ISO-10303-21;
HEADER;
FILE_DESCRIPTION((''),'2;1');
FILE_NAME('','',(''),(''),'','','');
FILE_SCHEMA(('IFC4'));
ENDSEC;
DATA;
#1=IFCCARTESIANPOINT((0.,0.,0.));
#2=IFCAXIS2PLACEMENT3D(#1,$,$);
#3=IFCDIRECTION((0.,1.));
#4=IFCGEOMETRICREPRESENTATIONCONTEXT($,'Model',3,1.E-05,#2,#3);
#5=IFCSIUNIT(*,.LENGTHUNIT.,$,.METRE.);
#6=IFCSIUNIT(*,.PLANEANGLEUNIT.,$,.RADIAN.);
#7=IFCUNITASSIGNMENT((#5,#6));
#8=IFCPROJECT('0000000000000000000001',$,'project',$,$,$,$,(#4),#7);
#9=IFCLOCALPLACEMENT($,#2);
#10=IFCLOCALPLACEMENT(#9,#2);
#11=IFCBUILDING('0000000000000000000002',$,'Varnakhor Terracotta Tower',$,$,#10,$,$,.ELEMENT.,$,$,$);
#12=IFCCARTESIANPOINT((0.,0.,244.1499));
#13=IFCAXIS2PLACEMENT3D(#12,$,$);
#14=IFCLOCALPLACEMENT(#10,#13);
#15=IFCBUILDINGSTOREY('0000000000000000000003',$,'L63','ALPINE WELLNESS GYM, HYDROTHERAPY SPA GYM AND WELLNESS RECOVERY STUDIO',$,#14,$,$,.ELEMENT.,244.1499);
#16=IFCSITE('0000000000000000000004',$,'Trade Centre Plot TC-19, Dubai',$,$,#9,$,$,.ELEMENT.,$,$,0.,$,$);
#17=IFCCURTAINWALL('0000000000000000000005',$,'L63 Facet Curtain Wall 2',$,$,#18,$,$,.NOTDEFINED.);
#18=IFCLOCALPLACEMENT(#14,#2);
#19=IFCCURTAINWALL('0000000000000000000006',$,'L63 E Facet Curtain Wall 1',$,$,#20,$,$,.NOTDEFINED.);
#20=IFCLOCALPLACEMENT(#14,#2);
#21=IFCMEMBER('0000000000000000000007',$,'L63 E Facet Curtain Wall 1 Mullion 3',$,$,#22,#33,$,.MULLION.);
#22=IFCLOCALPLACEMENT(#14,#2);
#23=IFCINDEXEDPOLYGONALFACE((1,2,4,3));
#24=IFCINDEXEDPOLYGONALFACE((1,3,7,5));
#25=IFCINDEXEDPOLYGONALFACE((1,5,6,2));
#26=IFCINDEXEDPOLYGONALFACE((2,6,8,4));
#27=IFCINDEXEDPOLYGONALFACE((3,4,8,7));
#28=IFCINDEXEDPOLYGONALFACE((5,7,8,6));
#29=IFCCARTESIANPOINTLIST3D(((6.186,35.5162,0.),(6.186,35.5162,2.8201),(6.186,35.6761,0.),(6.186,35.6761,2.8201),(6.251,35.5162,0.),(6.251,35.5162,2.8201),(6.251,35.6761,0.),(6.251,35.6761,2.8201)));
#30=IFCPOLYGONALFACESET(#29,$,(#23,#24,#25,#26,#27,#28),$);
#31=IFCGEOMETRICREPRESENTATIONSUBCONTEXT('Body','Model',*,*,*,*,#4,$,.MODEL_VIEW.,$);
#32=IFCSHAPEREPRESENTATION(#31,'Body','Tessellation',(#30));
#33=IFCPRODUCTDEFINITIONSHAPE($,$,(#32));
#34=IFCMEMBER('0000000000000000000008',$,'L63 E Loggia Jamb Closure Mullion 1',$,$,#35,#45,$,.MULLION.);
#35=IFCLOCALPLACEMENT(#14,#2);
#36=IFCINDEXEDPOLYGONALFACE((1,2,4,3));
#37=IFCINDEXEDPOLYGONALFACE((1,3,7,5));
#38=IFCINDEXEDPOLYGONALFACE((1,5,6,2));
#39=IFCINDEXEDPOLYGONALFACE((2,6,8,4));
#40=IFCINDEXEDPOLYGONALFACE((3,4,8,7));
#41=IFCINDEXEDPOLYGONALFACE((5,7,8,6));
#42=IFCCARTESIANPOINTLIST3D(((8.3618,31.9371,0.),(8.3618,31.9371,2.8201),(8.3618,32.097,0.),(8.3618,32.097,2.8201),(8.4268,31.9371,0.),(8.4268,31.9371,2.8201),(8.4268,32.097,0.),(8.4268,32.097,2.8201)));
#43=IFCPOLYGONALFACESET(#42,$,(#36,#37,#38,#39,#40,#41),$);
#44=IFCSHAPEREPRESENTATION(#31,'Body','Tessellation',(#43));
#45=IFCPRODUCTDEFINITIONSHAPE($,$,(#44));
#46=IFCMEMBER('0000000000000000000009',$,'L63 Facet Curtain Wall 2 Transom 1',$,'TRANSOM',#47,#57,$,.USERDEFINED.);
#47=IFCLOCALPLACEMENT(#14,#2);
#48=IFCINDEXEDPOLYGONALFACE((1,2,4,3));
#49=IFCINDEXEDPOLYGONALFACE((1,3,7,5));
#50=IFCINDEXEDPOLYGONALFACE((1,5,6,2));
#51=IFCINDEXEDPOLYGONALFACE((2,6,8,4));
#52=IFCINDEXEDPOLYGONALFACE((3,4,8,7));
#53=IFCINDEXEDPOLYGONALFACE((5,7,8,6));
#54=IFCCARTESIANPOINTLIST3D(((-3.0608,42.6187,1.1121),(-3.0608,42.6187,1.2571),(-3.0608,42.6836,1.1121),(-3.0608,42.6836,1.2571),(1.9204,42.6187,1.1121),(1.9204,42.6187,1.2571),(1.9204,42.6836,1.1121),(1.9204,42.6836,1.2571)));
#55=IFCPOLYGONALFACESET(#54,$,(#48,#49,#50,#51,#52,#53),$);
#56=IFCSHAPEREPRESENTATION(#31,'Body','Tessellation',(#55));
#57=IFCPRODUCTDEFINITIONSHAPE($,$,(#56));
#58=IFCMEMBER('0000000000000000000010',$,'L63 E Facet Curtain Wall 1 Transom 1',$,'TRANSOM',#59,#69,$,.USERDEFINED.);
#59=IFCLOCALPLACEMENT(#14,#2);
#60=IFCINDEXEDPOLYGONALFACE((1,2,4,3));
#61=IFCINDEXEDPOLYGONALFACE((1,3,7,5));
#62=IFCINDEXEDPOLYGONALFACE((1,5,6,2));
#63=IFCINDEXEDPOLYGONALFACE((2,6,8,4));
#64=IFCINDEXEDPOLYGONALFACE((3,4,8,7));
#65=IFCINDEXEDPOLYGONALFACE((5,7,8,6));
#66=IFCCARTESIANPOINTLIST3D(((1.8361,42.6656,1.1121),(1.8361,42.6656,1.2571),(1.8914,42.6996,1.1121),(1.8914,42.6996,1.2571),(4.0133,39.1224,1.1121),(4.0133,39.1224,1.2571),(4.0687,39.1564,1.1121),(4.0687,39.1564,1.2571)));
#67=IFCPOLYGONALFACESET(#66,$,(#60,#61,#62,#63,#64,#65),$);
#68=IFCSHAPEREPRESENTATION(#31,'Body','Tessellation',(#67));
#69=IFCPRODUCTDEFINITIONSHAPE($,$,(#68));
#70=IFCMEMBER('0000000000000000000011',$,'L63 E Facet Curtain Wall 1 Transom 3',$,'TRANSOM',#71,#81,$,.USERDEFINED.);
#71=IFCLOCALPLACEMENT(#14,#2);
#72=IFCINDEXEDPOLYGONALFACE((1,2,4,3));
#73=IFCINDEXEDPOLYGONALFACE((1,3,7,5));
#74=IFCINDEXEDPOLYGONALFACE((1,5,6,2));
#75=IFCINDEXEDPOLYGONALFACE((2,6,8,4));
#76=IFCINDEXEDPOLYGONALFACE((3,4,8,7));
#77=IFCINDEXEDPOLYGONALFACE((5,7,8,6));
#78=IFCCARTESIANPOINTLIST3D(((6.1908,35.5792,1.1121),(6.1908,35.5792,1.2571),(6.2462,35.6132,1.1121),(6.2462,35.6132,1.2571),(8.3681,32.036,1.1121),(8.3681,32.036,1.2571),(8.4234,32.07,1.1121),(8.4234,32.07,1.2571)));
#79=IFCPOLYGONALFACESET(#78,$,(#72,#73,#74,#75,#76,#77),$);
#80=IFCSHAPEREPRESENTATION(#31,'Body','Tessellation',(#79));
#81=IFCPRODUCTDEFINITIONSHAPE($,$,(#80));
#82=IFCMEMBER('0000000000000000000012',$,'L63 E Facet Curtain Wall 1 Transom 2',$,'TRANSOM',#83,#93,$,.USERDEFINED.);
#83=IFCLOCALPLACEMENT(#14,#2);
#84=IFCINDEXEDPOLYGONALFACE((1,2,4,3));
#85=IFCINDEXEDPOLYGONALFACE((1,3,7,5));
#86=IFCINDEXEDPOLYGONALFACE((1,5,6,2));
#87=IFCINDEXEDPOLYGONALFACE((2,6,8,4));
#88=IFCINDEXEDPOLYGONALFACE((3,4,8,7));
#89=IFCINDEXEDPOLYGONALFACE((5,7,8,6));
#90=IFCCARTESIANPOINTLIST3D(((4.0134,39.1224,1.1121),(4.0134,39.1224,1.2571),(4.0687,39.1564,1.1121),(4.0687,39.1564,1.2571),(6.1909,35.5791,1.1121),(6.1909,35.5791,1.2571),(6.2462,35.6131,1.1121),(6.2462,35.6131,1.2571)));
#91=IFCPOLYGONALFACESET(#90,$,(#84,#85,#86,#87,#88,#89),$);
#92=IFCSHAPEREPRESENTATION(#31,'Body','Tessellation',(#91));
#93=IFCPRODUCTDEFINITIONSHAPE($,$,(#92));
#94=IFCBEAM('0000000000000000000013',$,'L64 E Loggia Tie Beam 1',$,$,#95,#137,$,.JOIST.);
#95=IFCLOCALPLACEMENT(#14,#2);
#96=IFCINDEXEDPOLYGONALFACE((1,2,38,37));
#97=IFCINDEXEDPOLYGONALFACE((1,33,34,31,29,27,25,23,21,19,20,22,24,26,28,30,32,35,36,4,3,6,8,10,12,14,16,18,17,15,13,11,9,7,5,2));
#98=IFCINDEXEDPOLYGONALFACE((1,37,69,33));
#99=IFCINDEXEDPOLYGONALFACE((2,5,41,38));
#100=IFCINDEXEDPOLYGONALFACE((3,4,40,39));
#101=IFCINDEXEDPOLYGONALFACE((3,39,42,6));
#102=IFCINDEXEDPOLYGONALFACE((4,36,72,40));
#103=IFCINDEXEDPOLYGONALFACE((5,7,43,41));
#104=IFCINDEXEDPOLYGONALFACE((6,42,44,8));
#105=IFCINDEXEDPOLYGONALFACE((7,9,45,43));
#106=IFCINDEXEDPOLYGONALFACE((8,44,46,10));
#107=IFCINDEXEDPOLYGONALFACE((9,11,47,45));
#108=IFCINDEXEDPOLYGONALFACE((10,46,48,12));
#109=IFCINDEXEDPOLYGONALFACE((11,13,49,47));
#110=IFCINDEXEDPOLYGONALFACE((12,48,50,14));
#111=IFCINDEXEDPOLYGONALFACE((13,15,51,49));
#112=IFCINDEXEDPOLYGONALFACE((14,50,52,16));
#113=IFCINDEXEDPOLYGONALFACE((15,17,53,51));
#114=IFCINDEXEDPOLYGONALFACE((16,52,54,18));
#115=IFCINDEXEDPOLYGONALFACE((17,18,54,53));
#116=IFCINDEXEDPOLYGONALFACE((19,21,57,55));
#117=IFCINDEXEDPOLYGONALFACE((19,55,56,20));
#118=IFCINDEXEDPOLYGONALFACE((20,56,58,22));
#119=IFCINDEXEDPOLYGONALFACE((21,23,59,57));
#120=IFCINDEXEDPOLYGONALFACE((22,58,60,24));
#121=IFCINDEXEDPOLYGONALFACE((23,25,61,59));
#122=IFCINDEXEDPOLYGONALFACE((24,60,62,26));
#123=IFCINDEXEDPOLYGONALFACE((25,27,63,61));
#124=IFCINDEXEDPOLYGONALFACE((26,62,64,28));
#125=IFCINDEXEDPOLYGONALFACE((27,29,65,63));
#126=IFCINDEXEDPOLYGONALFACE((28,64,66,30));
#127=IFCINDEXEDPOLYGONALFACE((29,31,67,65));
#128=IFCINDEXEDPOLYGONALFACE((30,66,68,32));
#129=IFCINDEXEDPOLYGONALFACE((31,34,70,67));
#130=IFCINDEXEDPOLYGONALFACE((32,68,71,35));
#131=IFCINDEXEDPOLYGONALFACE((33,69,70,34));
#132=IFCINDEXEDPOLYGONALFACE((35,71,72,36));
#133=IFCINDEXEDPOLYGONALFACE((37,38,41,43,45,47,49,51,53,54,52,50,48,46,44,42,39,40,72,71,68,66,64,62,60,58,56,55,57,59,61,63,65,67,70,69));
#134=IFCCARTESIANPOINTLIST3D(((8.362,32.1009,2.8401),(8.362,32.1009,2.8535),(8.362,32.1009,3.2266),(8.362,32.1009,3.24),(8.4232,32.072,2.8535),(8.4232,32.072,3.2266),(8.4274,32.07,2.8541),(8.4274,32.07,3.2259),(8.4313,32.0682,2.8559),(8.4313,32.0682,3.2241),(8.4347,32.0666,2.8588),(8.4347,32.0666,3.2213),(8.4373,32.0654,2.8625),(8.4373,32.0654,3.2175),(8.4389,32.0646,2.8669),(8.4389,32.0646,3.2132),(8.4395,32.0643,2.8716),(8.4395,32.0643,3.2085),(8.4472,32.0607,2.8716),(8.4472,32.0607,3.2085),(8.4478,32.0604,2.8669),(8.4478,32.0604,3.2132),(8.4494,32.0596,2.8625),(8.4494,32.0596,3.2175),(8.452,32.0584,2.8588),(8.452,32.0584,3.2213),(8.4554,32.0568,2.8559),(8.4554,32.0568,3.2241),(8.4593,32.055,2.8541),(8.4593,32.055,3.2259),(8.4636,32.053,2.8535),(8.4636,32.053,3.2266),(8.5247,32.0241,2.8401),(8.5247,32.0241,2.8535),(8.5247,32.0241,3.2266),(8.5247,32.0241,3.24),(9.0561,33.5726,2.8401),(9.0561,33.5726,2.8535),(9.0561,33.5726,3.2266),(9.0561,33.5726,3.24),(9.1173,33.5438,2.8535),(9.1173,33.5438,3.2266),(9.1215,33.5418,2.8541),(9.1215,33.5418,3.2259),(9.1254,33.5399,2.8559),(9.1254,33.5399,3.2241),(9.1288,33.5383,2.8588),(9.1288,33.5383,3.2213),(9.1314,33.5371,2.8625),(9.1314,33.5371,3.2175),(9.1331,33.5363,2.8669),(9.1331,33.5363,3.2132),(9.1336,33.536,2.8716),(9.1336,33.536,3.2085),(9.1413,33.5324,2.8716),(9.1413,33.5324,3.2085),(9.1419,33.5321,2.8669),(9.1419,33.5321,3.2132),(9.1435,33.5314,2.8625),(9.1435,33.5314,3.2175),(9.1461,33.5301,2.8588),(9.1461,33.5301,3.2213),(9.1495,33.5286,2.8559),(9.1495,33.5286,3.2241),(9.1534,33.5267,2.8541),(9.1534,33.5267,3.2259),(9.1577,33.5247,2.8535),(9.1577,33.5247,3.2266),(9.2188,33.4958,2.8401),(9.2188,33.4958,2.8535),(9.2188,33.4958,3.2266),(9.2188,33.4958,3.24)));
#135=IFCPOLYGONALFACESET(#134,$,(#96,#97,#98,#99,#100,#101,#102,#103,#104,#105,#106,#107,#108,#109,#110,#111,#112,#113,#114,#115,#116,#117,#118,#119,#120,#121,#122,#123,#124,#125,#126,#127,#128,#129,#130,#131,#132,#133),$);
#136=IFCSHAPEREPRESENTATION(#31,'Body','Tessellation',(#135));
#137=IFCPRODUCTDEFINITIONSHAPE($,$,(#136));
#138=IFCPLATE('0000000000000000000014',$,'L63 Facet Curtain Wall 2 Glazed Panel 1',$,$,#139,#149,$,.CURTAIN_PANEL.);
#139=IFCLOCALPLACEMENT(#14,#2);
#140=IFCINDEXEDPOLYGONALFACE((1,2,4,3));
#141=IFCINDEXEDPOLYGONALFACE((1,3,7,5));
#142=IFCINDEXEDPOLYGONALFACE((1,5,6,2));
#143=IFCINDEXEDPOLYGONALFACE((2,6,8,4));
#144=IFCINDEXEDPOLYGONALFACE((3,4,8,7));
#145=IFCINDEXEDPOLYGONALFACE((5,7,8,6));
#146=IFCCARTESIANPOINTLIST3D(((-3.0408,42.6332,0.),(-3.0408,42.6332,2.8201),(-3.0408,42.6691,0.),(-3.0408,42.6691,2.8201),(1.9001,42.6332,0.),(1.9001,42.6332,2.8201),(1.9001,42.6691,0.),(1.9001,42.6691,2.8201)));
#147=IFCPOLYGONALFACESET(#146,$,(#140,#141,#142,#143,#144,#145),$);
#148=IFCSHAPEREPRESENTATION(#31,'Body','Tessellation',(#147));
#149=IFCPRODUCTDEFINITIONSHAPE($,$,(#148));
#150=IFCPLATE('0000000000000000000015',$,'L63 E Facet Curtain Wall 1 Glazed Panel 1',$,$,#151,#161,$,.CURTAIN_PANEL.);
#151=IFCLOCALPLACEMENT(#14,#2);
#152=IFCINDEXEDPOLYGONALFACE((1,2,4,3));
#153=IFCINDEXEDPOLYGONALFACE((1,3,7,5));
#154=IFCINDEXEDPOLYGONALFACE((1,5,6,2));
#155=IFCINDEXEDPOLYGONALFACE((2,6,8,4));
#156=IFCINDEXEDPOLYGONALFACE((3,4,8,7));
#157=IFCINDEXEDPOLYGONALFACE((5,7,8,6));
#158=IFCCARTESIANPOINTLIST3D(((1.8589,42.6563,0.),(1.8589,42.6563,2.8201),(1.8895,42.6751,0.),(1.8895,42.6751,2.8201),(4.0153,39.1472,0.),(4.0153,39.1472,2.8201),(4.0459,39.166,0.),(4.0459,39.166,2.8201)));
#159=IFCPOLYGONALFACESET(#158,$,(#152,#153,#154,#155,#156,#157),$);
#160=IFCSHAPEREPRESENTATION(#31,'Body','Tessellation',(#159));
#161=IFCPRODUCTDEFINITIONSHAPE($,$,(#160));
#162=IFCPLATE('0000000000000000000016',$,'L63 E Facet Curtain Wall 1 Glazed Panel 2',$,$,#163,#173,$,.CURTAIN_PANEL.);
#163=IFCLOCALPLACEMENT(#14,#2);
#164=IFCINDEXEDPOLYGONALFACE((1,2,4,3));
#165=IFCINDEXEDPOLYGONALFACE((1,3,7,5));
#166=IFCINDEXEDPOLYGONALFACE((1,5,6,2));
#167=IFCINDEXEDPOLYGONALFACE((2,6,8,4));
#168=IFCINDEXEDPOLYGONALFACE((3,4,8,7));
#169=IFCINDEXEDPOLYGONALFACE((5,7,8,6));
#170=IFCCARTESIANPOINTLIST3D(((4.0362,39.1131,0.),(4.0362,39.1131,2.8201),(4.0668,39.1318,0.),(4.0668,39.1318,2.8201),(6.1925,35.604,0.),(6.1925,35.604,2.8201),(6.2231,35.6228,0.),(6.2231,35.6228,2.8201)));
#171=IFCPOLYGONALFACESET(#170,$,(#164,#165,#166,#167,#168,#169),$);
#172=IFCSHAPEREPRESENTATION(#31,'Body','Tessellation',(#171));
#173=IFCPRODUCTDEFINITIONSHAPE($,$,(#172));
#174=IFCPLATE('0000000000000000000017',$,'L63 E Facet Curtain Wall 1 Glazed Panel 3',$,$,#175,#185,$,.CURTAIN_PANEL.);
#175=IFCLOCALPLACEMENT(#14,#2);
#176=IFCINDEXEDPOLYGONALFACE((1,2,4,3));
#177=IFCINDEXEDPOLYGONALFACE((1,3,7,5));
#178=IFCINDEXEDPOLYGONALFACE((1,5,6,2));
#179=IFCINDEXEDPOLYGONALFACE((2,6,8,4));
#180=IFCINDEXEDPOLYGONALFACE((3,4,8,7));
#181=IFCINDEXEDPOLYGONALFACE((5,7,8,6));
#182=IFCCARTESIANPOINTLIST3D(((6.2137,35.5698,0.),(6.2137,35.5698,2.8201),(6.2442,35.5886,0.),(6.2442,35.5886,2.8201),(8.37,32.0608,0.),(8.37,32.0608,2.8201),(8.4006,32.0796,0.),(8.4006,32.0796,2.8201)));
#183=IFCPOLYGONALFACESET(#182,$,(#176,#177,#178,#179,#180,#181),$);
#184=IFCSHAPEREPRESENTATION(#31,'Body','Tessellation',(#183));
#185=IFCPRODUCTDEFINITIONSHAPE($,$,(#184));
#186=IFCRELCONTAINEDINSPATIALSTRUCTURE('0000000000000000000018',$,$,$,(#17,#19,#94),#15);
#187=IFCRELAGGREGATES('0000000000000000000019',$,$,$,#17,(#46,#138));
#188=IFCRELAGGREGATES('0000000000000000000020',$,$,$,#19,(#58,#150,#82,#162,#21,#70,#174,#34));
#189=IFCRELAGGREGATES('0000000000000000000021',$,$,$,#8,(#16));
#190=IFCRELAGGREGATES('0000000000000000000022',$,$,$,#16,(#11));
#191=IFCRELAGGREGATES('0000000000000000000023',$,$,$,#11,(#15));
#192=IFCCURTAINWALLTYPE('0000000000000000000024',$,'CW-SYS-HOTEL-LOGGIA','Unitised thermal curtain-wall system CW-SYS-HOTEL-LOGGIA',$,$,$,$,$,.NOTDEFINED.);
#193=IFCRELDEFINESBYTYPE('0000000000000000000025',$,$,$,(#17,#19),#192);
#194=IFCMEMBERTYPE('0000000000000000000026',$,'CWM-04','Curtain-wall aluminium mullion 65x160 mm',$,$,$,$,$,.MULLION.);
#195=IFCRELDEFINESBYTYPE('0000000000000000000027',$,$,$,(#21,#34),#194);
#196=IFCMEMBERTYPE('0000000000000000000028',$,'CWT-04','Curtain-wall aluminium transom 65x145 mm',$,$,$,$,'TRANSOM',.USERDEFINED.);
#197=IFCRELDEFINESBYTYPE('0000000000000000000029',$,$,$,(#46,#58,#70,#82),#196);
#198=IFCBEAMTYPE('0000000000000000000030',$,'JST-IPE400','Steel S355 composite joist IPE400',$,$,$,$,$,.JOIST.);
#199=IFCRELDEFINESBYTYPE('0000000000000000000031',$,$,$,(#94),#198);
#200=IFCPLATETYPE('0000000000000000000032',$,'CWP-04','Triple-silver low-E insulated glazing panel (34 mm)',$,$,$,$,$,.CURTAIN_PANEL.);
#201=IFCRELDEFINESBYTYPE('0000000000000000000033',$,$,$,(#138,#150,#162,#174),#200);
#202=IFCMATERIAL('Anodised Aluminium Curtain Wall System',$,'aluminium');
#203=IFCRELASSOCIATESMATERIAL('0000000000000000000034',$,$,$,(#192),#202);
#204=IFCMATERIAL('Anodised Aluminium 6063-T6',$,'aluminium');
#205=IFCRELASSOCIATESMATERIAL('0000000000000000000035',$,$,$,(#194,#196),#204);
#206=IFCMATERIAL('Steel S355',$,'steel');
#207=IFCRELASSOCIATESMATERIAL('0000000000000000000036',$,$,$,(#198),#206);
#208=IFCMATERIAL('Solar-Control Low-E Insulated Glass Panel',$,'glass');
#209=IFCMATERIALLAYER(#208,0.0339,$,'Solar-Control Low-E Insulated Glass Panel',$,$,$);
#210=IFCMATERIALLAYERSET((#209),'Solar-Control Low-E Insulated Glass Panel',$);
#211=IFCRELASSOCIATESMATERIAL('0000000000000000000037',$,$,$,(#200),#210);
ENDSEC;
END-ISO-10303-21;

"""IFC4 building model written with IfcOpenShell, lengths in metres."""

from ifc_helpers import new_model, si_unit, direction, frame, origin, origin_2d, place, context, subcontext, project, spatial, rectangle, i_section, extrude, source, transform, mapped, material, layer, layer_set, material_profile, profile_set, type_object, type_shapes, element, aggregate, save


model = new_model("IFC4")

# Units and contexts
model_context = context("Model", 3, precision=1e-05, world=origin(), true_north=direction((0.0, 1.0)))
body_context = subcontext(model_context, "Body", "Model", "MODEL_VIEW")
ifc_project = project(units=[si_unit("LENGTHUNIT", "METRE"), si_unit("PLANEANGLEUNIT", "RADIAN")], contexts=[model_context])

# Site, building, storey
site_placement = place(None, origin())
site = spatial("IfcSite", under=ifc_project, at=site_placement, Name="Trade Centre Plot TC-19, Dubai", CompositionType="ELEMENT", RefElevation=0.0)
building_placement = place(site_placement, origin())
building = spatial("IfcBuilding", under=site, at=building_placement, Name="Varnakhor Terracotta Tower", CompositionType="ELEMENT")
storey_placement = place(building_placement, frame((0.0, 0.0, 244.1499)))
storey = spatial("IfcBuildingStorey", under=building, at=storey_placement, Name="L63", Description="ALPINE WELLNESS GYM, HYDROTHERAPY SPA GYM AND WELLNESS RECOVERY STUDIO", CompositionType="ELEMENT", Elevation=244.1499)

# Shared definitions
ifc_material_1 = material(Name="Steel S355", Category="steel")

# Curtain wall
ifc_material_2 = material(Name="Anodised Aluminium Curtain Wall System", Category="aluminium")
curtain_wall_type = type_object("IfcCurtainWallType", Name="CW-SYS-HOTEL-LOGGIA", Description="Unitised thermal curtain-wall system CW-SYS-HOTEL-LOGGIA", PredefinedType="NOTDEFINED", material=ifc_material_2)
curtain_wall_1_placement = place(storey_placement, origin())
curtain_wall_1 = element("IfcCurtainWall", 1, at=curtain_wall_1_placement, inside=storey, type_object=curtain_wall_type, Name="L63 Facet Curtain Wall 2", PredefinedType="NOTDEFINED")
ifc_material_3 = material(Name="Anodised Aluminium 6063-T6", Category="aluminium")
ifc_material_profile_1 = material_profile(ifc_material_3, rectangle(XDim=0.0649, YDim=0.1599, at=origin_2d()), Name="ALU MULLION 65x160")
ifc_profile_set_1 = profile_set([ifc_material_profile_1], Name="Anodised Aluminium 6063-T6")
member_type_1 = type_object("IfcMemberType", Name="CWM-04", Description="Curtain-wall aluminium mullion 65x160 mm", PredefinedType="MULLION", material=ifc_profile_set_1)
shared_shape_1 = source(origin(), body_context, "Body", "SweptSolid", [
    extrude(rectangle(XDim=0.0649, YDim=0.1599, at=origin_2d()), origin(), (0.0, 0.0, 1.0), 2.8201),
])
type_shapes(member_type_1, [shared_shape_1])

# Curtain wall, members
curtain_wall_2_placement = place(storey_placement, origin())
curtain_wall_2 = element("IfcCurtainWall", 2, at=curtain_wall_2_placement, inside=storey, type_object=curtain_wall_type, Name="L63 E Facet Curtain Wall 1", PredefinedType="NOTDEFINED")
member_1_placement = place(storey_placement, frame((6.2185, 35.5962, 0.0), z_axis=(0.0, 0.0, 1.0), x_axis=(1.0, 0.0, 0.0)))
member_1 = element("IfcMember", 3, at=member_1_placement, type_object=member_type_1, Name="L63 E Facet Curtain Wall 1 Mullion 3", PredefinedType="MULLION", context=body_context, shape_type="MappedRepresentation", body=[
    mapped(shared_shape_1, transform((0.0, 0.0, 0.0), scale=1.0)),
])
member_2_placement = place(storey_placement, frame((8.3943, 32.0171, 0.0), z_axis=(0.0, 0.0, 1.0), x_axis=(1.0, 0.0, 0.0)))
member_2 = element("IfcMember", 4, at=member_2_placement, type_object=member_type_1, Name="L63 E Loggia Jamb Closure Mullion 1", PredefinedType="MULLION", context=body_context, shape_type="MappedRepresentation", body=[
    mapped(shared_shape_1, transform((0.0, 0.0, 0.0), scale=1.0)),
])

# Members
ifc_material_profile_2 = material_profile(ifc_material_3, rectangle(XDim=0.0649, YDim=0.145, at=origin_2d()), Name="ALU TRANSOM 65x145")
ifc_profile_set_2 = profile_set([ifc_material_profile_2], Name="Anodised Aluminium 6063-T6")
member_type_2 = type_object("IfcMemberType", Name="CWT-04", Description="Curtain-wall aluminium transom 65x145 mm", ElementType="TRANSOM", PredefinedType="USERDEFINED", material=ifc_profile_set_2)
shared_shape_2 = source(origin(), body_context, "Body", "SweptSolid", [
    extrude(rectangle(XDim=0.0649, YDim=0.145, at=origin_2d()), origin(), (0.0, 0.0, 1.0), 4.9812),
])
member_3_placement = place(storey_placement, frame((-3.0608, 42.6511, 1.1846), z_axis=(1.0, 0.0, 0.0), x_axis=(0.0, 1.0, 0.0)))
member_3 = element("IfcMember", 5, at=member_3_placement, type_object=member_type_2, Name="L63 Facet Curtain Wall 2 Transom 1", ObjectType="TRANSOM", PredefinedType="USERDEFINED", context=body_context, shape_type="MappedRepresentation", body=[
    mapped(shared_shape_2, transform((0.0, 0.0, 0.0), scale=1.0)),
])
shared_shape_3 = source(origin(), body_context, "Body", "SweptSolid", [
    extrude(rectangle(XDim=0.0649, YDim=0.145, at=origin_2d()), origin(), (0.0, 0.0, 1.0), 4.1587),
])
member_4_placement = place(storey_placement, frame((1.8638, 42.6826, 1.1846), z_axis=(0.52354, -0.852001, 0.0), x_axis=(0.852001, 0.52354, 0.0)))
member_4 = element("IfcMember", 6, at=member_4_placement, type_object=member_type_2, Name="L63 E Facet Curtain Wall 1 Transom 1", ObjectType="TRANSOM", PredefinedType="USERDEFINED", context=body_context, shape_type="MappedRepresentation", body=[
    mapped(shared_shape_3, transform((0.0, 0.0, 0.0), scale=1.0)),
])
member_5_placement = place(storey_placement, frame((6.2185, 35.5962, 1.1846), z_axis=(0.52354, -0.852001, 0.0), x_axis=(0.852001, 0.52354, 0.0)))
member_5 = element("IfcMember", 7, at=member_5_placement, type_object=member_type_2, Name="L63 E Facet Curtain Wall 1 Transom 3", ObjectType="TRANSOM", PredefinedType="USERDEFINED", context=body_context, shape_type="MappedRepresentation", body=[
    mapped(shared_shape_3, transform((0.0, 0.0, 0.0), scale=1.0)),
])
shared_shape_4 = source(origin(), body_context, "Body", "SweptSolid", [
    extrude(rectangle(XDim=0.0649, YDim=0.145, at=origin_2d()), origin(), (0.0, 0.0, 1.0), 4.1589),
])
member_6_placement = place(storey_placement, frame((4.041, 39.1394, 1.1846), z_axis=(0.523583, -0.851975, 0.0), x_axis=(0.851975, 0.523583, 0.0)))
member_6 = element("IfcMember", 8, at=member_6_placement, type_object=member_type_2, Name="L63 E Facet Curtain Wall 1 Transom 2", ObjectType="TRANSOM", PredefinedType="USERDEFINED", context=body_context, shape_type="MappedRepresentation", body=[
    mapped(shared_shape_4, transform((0.0, 0.0, 0.0), scale=1.0)),
])

# Beam
ifc_material_profile_3 = material_profile(ifc_material_1, i_section(OverallWidth=0.1799, OverallDepth=0.3999, WebThickness=0.0085, FlangeThickness=0.0134, FilletRadius=0.0181, at=origin_2d()), Name="IPE400")
ifc_profile_set_3 = profile_set([ifc_material_profile_3], Name="Steel S355")
beam_type_1 = type_object("IfcBeamType", Name="JST-IPE400", Description="Steel S355 composite joist IPE400", PredefinedType="JOIST", material=ifc_profile_set_3)
shared_shape_5 = source(origin(), body_context, "Body", "SweptSolid", [
    extrude(i_section(OverallWidth=0.1799, OverallDepth=0.3999, WebThickness=0.0085, FlangeThickness=0.0134, FilletRadius=0.0181, at=origin_2d()), origin(), (0.0, 0.0, 1.0), 1.6272),
])
beam_1_placement = place(storey_placement, frame((8.4434, 32.0625, 3.04), z_axis=(0.42657, 0.904455, 0.0), x_axis=(-0.904455, 0.42657, 0.0)))
element("IfcBeam", 9, at=beam_1_placement, inside=storey, type_object=beam_type_1, Name="L64 E Loggia Tie Beam 1", PredefinedType="JOIST", context=body_context, shape_type="MappedRepresentation", body=[
    mapped(shared_shape_5, transform((0.0, 0.0, 0.0), scale=1.0)),
])

# Plates
ifc_material_4 = material(Name="Solar-Control Low-E Insulated Glass Panel", Category="glass")
ifc_layer_1 = layer(ifc_material_4, 0.0339, Name="Solar-Control Low-E Insulated Glass Panel")
ifc_layer_set_1 = layer_set([ifc_layer_1], Name="Solar-Control Low-E Insulated Glass Panel")
plate_type = type_object("IfcPlateType", Name="CWP-04", Description="Triple-silver low-E insulated glazing panel (34 mm)", PredefinedType="CURTAIN_PANEL", material=ifc_layer_set_1)
shared_shape_6 = source(origin(), body_context, "Body", "SweptSolid", [
    extrude(rectangle(XDim=4.9409, YDim=0.0359, at=origin_2d()), origin(), (0.0, 0.0, 1.0), 2.8201),
])
plate_1_placement = place(storey_placement, frame((-0.5703, 42.6511, 0.0), z_axis=(0.0, 0.0, 1.0), x_axis=(1.0, 0.0, 0.0)))
plate_1 = element("IfcPlate", 10, at=plate_1_placement, type_object=plate_type, Name="L63 Facet Curtain Wall 2 Glazed Panel 1", PredefinedType="CURTAIN_PANEL", context=body_context, shape_type="MappedRepresentation", body=[
    mapped(shared_shape_6, transform((0.0, 0.0, 0.0), scale=1.0)),
])
aggregate(curtain_wall_1, [member_3, plate_1])
shared_shape_7 = source(origin(), body_context, "Body", "SweptSolid", [
    extrude(rectangle(XDim=4.1187, YDim=0.0359, at=origin_2d()), origin(), (0.0, 0.0, 1.0), 2.8201),
])
plate_2_placement = place(storey_placement, frame((2.9524, 40.9111, 0.0), z_axis=(0.0, 0.0, 1.0), x_axis=(0.523555, -0.851992, 0.0)))
plate_2 = element("IfcPlate", 11, at=plate_2_placement, type_object=plate_type, Name="L63 E Facet Curtain Wall 1 Glazed Panel 1", PredefinedType="CURTAIN_PANEL", context=body_context, shape_type="MappedRepresentation", body=[
    mapped(shared_shape_7, transform((0.0, 0.0, 0.0), scale=1.0)),
])
plate_3_placement = place(storey_placement, frame((5.1296, 37.3679, 0.0), z_axis=(0.0, 0.0, 1.0), x_axis=(0.523555, -0.851992, 0.0)))
plate_3 = element("IfcPlate", 12, at=plate_3_placement, type_object=plate_type, Name="L63 E Facet Curtain Wall 1 Glazed Panel 2", PredefinedType="CURTAIN_PANEL", context=body_context, shape_type="MappedRepresentation", body=[
    mapped(shared_shape_7, transform((0.0, 0.0, 0.0), scale=1.0)),
])
plate_4_placement = place(storey_placement, frame((7.3071, 33.8247, 0.0), z_axis=(0.0, 0.0, 1.0), x_axis=(0.523555, -0.851992, 0.0)))
plate_4 = element("IfcPlate", 13, at=plate_4_placement, type_object=plate_type, Name="L63 E Facet Curtain Wall 1 Glazed Panel 3", PredefinedType="CURTAIN_PANEL", context=body_context, shape_type="MappedRepresentation", body=[
    mapped(shared_shape_7, transform((0.0, 0.0, 0.0), scale=1.0)),
])
aggregate(curtain_wall_2, [member_4, plate_2, member_6, plate_3, member_1, member_5, plate_4, member_2])

save(model, "model.ifc")
